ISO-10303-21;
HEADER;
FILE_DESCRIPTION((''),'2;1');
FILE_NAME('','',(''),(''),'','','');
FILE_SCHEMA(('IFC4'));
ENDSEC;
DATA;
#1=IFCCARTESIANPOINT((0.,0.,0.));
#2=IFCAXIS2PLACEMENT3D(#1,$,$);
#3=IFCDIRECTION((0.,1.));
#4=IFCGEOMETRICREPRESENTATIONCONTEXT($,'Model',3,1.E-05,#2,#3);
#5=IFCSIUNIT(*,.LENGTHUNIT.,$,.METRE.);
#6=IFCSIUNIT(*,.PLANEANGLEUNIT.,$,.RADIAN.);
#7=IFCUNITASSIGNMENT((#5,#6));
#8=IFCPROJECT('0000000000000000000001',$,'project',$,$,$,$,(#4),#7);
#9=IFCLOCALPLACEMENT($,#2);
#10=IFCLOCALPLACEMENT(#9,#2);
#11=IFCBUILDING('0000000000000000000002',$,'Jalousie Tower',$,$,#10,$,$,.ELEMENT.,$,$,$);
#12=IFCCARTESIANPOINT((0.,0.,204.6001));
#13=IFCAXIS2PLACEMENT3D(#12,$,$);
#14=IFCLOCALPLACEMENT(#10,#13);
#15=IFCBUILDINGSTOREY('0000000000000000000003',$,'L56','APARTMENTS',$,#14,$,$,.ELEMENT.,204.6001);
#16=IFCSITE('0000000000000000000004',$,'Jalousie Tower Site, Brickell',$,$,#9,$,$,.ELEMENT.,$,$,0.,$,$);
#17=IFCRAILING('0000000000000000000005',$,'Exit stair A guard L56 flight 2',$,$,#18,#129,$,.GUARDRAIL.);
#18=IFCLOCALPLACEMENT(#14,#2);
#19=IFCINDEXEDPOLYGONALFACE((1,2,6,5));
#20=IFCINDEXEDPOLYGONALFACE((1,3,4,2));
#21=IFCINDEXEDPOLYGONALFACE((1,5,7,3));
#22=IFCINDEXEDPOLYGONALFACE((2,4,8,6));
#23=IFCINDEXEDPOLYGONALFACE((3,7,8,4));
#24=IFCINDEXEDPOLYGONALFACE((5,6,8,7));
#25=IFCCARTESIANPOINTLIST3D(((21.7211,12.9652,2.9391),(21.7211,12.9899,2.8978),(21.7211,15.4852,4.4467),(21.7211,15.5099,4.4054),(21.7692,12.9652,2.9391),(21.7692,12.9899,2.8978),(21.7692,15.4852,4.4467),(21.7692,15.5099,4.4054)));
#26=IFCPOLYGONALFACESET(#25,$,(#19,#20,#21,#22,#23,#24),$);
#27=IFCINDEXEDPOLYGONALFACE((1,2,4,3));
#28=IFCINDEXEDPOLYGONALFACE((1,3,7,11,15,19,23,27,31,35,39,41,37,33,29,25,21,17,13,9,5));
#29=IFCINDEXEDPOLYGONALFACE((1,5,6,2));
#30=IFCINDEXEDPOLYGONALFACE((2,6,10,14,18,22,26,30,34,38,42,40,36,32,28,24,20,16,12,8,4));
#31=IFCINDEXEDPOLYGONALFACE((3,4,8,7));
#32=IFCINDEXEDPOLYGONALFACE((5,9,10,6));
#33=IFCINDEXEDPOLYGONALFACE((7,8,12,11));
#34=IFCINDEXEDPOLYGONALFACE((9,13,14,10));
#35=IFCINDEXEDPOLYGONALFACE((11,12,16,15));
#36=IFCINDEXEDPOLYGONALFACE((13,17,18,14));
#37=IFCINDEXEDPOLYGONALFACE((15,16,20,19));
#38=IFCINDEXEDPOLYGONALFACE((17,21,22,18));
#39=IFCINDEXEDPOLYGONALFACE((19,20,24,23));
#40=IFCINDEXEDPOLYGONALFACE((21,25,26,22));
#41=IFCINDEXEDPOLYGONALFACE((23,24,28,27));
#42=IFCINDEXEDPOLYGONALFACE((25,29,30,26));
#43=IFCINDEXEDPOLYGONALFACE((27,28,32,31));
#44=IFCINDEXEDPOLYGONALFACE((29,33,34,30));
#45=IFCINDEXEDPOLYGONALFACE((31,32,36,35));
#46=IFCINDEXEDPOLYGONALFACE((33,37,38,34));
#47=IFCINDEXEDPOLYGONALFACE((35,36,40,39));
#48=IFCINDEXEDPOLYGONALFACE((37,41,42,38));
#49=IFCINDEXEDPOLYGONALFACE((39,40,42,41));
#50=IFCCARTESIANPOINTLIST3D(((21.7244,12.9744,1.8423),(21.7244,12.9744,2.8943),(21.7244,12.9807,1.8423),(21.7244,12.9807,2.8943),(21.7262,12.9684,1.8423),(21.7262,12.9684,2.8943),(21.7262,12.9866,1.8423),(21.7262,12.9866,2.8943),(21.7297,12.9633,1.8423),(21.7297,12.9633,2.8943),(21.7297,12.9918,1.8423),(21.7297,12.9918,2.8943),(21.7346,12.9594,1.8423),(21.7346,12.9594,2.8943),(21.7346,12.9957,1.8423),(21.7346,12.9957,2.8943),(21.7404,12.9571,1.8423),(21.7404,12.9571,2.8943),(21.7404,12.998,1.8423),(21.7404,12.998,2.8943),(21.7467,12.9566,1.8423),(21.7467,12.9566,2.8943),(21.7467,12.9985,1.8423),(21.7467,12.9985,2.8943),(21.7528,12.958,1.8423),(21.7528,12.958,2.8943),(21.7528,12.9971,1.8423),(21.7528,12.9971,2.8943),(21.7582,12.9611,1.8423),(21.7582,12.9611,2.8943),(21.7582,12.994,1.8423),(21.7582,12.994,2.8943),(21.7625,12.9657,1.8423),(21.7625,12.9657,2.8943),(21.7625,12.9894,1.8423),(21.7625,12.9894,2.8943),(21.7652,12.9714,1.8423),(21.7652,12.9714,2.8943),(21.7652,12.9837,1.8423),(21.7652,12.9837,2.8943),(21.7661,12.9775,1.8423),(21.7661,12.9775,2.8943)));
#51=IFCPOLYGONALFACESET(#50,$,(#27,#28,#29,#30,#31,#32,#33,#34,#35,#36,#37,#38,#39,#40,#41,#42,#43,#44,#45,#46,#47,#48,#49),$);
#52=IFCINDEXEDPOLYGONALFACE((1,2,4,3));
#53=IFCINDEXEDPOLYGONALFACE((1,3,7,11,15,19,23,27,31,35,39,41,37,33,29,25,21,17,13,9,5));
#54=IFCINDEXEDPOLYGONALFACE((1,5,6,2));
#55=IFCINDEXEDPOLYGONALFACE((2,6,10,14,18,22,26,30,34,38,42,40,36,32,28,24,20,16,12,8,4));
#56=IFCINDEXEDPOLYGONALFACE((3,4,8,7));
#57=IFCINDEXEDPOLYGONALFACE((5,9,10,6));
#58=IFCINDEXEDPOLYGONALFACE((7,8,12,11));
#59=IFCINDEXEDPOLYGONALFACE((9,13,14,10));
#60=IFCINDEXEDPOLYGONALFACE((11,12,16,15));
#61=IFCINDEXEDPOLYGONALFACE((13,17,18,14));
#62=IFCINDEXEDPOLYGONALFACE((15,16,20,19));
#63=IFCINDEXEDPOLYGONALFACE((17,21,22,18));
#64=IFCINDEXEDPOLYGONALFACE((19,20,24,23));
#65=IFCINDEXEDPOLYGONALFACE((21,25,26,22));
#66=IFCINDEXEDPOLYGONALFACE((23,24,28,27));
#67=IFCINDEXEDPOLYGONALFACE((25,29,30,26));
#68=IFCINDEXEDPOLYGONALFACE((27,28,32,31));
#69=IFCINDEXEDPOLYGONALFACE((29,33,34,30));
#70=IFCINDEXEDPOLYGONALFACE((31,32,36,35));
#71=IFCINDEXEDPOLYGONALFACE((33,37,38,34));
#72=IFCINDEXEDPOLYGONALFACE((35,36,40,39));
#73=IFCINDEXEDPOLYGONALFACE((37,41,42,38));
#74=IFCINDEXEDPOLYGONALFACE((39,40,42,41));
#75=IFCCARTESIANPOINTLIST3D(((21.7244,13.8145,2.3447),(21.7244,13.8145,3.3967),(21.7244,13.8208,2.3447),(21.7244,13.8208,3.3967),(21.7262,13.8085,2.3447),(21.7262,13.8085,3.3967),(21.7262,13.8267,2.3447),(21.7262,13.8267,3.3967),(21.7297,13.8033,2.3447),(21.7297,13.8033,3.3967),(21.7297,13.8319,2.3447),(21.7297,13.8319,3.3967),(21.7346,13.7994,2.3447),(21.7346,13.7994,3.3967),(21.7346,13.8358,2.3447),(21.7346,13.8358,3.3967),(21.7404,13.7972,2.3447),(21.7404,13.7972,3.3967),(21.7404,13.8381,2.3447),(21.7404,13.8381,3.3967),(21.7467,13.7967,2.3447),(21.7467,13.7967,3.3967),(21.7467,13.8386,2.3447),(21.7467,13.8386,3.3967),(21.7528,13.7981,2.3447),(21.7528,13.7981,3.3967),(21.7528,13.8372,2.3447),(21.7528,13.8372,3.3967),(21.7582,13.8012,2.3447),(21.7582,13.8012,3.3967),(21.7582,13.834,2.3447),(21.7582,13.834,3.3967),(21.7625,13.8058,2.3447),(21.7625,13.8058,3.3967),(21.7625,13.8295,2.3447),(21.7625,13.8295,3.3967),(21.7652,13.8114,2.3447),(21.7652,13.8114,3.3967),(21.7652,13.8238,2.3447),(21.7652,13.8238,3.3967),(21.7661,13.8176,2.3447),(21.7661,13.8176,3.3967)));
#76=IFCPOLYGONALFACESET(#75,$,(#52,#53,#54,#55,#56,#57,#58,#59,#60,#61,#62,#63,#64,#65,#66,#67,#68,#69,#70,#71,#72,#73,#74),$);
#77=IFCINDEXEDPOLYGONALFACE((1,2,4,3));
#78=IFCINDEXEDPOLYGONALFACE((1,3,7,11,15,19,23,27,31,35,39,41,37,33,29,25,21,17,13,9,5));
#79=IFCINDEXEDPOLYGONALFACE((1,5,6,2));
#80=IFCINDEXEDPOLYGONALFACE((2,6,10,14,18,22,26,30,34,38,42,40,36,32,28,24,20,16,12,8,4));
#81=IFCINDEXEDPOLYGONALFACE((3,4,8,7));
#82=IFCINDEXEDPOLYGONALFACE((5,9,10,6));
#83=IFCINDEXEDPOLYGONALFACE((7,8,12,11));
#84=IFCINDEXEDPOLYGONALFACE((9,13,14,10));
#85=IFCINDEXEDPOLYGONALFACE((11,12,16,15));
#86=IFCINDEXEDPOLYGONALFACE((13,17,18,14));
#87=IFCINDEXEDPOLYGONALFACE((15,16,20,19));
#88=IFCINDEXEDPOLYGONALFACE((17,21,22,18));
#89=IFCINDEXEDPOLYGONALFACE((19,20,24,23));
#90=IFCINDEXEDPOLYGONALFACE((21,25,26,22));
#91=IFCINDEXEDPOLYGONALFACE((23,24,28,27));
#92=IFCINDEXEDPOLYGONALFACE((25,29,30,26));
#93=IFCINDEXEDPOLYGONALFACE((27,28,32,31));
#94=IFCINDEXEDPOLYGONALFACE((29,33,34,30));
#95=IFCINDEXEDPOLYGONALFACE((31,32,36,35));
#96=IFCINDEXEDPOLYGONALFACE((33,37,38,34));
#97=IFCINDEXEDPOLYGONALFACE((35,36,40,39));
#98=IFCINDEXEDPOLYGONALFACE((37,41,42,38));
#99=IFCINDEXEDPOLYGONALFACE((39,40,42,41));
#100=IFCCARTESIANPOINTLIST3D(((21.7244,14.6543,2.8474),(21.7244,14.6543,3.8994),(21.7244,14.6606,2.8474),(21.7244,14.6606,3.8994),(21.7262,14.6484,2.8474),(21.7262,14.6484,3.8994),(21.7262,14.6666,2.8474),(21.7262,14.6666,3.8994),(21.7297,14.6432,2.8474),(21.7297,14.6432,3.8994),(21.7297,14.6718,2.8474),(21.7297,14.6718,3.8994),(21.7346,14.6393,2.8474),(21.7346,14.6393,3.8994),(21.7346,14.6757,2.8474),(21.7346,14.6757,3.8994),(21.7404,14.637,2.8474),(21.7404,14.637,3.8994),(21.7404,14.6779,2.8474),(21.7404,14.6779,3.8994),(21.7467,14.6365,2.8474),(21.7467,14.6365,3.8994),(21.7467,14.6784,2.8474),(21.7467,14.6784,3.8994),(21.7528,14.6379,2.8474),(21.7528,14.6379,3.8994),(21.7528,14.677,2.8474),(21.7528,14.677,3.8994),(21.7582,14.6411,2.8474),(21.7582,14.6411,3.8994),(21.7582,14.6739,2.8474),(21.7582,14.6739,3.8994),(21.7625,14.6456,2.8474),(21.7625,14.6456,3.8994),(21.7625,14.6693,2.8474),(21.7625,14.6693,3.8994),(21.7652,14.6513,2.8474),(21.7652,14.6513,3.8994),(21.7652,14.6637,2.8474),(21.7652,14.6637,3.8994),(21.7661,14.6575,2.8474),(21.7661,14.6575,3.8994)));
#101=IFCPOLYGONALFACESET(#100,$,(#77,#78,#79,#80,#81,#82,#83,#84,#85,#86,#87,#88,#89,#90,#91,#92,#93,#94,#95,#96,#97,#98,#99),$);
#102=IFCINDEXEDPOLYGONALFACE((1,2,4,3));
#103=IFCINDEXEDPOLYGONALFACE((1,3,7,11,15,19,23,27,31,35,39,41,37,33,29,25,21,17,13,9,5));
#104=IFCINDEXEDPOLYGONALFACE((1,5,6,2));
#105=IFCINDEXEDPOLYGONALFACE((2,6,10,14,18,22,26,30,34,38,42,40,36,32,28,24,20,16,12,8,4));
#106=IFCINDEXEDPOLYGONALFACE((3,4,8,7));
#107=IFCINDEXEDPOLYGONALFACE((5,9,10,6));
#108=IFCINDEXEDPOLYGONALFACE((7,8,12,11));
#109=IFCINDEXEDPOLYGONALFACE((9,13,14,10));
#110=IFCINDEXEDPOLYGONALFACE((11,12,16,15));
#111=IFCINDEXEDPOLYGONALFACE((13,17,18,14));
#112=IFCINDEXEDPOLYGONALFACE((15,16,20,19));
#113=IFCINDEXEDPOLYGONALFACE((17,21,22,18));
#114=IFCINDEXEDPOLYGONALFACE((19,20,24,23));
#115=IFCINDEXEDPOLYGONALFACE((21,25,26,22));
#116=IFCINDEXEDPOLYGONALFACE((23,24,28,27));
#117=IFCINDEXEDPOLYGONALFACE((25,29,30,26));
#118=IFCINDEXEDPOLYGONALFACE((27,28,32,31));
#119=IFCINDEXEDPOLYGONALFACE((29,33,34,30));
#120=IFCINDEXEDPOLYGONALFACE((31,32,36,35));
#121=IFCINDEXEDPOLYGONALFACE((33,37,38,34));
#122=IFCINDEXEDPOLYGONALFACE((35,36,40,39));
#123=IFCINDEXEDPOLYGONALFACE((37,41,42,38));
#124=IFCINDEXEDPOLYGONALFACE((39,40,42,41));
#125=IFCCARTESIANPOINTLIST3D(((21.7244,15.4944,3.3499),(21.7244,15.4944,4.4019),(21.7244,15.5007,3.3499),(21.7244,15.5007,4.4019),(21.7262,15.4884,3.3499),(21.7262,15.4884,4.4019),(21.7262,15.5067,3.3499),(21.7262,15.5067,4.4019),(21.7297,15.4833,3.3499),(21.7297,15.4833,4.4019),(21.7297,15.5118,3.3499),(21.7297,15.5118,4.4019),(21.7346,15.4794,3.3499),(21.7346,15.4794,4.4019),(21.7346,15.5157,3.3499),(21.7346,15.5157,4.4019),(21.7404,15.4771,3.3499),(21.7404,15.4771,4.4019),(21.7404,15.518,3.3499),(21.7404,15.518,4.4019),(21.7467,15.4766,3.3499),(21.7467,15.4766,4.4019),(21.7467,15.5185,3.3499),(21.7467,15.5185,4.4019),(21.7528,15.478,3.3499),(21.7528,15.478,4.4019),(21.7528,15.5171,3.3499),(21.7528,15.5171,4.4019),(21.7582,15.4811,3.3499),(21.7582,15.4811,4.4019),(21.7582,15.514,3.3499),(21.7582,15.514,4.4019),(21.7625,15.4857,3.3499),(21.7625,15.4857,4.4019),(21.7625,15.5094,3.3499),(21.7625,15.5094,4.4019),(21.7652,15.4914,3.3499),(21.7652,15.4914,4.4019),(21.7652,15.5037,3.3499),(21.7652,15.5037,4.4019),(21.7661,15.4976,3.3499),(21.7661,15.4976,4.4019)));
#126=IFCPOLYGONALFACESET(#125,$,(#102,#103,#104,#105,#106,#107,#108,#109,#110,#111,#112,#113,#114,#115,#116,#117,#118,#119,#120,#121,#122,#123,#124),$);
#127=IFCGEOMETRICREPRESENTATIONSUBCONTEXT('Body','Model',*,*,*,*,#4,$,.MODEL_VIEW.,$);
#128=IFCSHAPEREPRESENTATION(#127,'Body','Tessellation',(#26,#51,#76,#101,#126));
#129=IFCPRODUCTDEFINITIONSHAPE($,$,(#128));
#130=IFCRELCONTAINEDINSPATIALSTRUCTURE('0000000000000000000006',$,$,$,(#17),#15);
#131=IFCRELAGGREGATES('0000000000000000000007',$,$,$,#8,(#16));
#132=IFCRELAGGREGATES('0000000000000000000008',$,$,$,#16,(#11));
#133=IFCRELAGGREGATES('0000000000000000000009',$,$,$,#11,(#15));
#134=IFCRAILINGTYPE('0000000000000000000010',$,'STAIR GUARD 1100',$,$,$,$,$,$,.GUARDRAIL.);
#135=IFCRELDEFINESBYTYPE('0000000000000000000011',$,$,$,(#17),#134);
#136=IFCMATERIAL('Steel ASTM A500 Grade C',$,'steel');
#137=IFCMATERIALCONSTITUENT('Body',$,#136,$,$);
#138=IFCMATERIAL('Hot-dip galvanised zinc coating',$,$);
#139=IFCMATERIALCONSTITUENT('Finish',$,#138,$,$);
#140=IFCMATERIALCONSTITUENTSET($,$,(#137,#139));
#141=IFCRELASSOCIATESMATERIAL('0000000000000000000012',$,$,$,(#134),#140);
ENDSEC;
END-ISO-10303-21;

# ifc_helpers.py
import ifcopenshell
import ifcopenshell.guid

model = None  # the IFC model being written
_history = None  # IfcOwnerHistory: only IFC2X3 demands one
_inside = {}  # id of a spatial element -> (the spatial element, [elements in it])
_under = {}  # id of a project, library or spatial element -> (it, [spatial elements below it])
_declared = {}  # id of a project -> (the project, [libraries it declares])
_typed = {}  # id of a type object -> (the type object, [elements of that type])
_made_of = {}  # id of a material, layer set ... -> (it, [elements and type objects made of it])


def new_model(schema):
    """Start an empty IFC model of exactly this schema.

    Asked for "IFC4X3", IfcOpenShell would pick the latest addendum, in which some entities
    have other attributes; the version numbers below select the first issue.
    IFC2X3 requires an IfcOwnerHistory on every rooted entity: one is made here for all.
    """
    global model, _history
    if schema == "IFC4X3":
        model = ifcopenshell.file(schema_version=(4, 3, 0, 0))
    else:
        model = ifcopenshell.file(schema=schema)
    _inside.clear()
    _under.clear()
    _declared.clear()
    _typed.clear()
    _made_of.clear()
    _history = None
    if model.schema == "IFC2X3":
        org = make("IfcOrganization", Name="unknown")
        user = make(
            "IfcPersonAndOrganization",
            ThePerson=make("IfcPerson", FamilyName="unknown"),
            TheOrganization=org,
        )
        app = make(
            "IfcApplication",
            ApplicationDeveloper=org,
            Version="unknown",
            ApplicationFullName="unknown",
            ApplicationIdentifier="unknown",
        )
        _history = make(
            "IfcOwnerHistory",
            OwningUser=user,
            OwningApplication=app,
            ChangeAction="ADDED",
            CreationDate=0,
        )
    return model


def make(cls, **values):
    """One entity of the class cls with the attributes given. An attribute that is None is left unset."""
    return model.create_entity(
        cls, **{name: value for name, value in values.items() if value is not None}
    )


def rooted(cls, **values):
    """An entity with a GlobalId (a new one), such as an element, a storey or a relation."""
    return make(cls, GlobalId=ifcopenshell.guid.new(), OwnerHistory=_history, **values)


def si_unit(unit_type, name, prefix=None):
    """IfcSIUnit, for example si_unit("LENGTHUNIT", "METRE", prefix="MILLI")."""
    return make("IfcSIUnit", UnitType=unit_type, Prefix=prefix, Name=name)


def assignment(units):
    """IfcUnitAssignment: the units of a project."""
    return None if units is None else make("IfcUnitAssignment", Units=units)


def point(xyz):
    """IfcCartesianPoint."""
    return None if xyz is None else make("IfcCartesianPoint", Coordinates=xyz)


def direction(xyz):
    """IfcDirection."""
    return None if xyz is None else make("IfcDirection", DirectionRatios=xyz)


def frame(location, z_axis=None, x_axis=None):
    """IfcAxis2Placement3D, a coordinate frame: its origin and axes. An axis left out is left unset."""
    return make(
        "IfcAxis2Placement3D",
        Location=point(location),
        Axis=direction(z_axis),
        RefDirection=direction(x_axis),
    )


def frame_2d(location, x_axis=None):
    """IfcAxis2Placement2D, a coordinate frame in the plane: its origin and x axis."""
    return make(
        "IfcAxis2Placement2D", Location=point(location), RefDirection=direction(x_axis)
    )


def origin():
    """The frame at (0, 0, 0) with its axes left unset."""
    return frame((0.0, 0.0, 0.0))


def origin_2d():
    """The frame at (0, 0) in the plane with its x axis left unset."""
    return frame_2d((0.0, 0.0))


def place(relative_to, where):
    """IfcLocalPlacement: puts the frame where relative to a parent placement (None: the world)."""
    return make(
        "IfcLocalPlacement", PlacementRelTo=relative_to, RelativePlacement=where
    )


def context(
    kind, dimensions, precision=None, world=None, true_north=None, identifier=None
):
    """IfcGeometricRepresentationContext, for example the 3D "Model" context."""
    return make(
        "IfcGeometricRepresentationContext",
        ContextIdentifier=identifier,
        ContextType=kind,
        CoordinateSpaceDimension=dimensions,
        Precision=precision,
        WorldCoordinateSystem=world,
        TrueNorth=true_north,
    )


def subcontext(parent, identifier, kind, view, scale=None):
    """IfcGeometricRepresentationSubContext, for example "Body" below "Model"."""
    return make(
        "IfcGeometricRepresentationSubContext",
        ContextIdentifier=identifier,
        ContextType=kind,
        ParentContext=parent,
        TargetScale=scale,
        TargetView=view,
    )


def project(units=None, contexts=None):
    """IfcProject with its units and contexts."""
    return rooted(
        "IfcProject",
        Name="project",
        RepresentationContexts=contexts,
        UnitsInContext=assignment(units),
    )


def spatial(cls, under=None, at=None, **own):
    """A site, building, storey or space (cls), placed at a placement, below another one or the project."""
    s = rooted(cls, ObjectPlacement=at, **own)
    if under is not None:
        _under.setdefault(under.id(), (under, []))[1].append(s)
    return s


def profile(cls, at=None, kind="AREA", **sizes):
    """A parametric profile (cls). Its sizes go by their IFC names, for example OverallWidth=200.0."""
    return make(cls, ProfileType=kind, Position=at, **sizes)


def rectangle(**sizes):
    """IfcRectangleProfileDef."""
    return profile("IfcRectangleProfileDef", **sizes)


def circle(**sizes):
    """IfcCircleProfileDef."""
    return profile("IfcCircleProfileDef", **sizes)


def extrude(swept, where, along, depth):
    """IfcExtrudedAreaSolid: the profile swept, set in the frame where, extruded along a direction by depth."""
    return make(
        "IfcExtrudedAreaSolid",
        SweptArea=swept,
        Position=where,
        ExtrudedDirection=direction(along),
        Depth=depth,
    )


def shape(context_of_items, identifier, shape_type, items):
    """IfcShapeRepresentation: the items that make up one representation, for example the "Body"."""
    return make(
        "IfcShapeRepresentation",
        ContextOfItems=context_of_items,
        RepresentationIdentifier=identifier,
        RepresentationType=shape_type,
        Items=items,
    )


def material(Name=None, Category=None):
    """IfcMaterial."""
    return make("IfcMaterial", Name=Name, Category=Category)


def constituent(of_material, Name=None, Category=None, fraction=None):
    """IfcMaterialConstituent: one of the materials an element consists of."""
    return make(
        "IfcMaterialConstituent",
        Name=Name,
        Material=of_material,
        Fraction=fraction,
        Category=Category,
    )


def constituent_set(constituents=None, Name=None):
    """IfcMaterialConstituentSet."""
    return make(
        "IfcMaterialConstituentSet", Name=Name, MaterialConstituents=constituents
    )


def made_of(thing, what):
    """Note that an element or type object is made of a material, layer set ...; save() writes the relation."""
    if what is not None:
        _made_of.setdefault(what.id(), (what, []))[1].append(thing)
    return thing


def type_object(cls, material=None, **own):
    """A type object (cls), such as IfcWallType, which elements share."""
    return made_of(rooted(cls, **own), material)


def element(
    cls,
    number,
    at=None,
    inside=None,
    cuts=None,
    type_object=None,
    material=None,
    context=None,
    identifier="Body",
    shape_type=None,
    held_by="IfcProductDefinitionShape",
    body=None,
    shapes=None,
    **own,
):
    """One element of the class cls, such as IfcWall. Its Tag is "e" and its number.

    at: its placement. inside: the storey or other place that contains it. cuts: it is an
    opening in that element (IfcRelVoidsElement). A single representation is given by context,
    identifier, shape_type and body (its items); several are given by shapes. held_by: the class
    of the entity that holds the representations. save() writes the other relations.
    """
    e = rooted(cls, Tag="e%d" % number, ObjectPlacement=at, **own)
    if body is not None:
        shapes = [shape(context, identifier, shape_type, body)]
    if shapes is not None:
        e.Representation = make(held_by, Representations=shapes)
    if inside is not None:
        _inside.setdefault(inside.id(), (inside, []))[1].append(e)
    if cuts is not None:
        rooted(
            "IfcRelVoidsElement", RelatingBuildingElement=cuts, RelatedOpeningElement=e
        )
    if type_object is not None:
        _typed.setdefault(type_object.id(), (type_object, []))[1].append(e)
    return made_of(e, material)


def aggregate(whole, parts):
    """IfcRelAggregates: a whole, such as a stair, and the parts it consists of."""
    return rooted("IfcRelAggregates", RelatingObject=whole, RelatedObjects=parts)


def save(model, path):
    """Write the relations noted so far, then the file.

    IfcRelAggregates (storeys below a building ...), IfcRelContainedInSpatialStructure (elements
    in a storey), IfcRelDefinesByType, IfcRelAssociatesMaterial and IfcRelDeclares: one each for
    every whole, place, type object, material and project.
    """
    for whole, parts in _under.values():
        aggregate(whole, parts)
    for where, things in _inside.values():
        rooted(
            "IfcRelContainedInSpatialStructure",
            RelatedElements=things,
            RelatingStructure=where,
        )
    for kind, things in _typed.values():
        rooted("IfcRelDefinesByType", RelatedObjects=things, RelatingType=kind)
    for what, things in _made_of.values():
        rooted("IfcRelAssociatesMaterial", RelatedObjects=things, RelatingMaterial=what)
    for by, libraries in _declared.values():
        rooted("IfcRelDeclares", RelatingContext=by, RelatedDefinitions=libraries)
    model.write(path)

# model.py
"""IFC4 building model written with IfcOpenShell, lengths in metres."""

from ifc_helpers import new_model, si_unit, direction, frame, origin, origin_2d, place, context, subcontext, project, spatial, rectangle, circle, extrude, material, constituent, constituent_set, type_object, element, save


model = new_model("IFC4")

# Units and contexts
model_context = context("Model", 3, precision=1e-05, world=origin(), true_north=direction((0.0, 1.0)))
body_context = subcontext(model_context, "Body", "Model", "MODEL_VIEW")
ifc_project = project(units=[si_unit("LENGTHUNIT", "METRE"), si_unit("PLANEANGLEUNIT", "RADIAN")], contexts=[model_context])

# Site, building, storey
site_placement = place(None, origin())
site = spatial("IfcSite", under=ifc_project, at=site_placement, Name="Jalousie Tower Site, Brickell", CompositionType="ELEMENT", RefElevation=0.0)
building_placement = place(site_placement, origin())
building = spatial("IfcBuilding", under=site, at=building_placement, Name="Jalousie Tower", CompositionType="ELEMENT")
storey_placement = place(building_placement, frame((0.0, 0.0, 204.6001)))
storey = spatial("IfcBuildingStorey", under=building, at=storey_placement, Name="L56", Description="APARTMENTS", CompositionType="ELEMENT", Elevation=204.6001)

# Railing
ifc_material_1 = material(Name="Steel ASTM A500 Grade C", Category="steel")
ifc_constituent_1 = constituent(ifc_material_1, Name="Body")
ifc_material_2 = material(Name="Hot-dip galvanised zinc coating")
ifc_constituent_2 = constituent(ifc_material_2, Name="Finish")
ifc_constituent_set_1 = constituent_set(constituents=[ifc_constituent_1, ifc_constituent_2])
railing_type_1 = type_object("IfcRailingType", Name="STAIR GUARD 1100", PredefinedType="GUARDRAIL", material=ifc_constituent_set_1)
railing_1_placement = place(storey_placement, frame((21.7451, 12.9775, 1.8423)))
element("IfcRailing", 1, at=railing_1_placement, inside=storey, type_object=railing_type_1, Name="Exit stair A guard L56 flight 2", PredefinedType="GUARDRAIL", context=body_context, shape_type="SweptSolid", body=[
    extrude(rectangle(XDim=0.0481, YDim=0.0481, at=origin_2d()), frame((0.0, 0.0, 1.0762), z_axis=(0.0, 0.85816, 0.513383), x_axis=(-1.0, 0.0, 0.0)), (0.0, 0.0, 1.0), 2.9365),
    extrude(circle(Radius=0.021, at=origin_2d()), origin(), (0.0, 0.0, 1.0), 1.052),
    extrude(circle(Radius=0.021, at=origin_2d()), frame((0.0, 0.8401, 0.5024)), (0.0, 0.0, 1.0), 1.052),
    extrude(circle(Radius=0.021, at=origin_2d()), frame((0.0, 1.6799, 1.0051)), (0.0, 0.0, 1.0), 1.052),
    extrude(circle(Radius=0.021, at=origin_2d()), frame((0.0, 2.52, 1.5076)), (0.0, 0.0, 1.0), 1.052),
])

save(model, "model.ifc")
